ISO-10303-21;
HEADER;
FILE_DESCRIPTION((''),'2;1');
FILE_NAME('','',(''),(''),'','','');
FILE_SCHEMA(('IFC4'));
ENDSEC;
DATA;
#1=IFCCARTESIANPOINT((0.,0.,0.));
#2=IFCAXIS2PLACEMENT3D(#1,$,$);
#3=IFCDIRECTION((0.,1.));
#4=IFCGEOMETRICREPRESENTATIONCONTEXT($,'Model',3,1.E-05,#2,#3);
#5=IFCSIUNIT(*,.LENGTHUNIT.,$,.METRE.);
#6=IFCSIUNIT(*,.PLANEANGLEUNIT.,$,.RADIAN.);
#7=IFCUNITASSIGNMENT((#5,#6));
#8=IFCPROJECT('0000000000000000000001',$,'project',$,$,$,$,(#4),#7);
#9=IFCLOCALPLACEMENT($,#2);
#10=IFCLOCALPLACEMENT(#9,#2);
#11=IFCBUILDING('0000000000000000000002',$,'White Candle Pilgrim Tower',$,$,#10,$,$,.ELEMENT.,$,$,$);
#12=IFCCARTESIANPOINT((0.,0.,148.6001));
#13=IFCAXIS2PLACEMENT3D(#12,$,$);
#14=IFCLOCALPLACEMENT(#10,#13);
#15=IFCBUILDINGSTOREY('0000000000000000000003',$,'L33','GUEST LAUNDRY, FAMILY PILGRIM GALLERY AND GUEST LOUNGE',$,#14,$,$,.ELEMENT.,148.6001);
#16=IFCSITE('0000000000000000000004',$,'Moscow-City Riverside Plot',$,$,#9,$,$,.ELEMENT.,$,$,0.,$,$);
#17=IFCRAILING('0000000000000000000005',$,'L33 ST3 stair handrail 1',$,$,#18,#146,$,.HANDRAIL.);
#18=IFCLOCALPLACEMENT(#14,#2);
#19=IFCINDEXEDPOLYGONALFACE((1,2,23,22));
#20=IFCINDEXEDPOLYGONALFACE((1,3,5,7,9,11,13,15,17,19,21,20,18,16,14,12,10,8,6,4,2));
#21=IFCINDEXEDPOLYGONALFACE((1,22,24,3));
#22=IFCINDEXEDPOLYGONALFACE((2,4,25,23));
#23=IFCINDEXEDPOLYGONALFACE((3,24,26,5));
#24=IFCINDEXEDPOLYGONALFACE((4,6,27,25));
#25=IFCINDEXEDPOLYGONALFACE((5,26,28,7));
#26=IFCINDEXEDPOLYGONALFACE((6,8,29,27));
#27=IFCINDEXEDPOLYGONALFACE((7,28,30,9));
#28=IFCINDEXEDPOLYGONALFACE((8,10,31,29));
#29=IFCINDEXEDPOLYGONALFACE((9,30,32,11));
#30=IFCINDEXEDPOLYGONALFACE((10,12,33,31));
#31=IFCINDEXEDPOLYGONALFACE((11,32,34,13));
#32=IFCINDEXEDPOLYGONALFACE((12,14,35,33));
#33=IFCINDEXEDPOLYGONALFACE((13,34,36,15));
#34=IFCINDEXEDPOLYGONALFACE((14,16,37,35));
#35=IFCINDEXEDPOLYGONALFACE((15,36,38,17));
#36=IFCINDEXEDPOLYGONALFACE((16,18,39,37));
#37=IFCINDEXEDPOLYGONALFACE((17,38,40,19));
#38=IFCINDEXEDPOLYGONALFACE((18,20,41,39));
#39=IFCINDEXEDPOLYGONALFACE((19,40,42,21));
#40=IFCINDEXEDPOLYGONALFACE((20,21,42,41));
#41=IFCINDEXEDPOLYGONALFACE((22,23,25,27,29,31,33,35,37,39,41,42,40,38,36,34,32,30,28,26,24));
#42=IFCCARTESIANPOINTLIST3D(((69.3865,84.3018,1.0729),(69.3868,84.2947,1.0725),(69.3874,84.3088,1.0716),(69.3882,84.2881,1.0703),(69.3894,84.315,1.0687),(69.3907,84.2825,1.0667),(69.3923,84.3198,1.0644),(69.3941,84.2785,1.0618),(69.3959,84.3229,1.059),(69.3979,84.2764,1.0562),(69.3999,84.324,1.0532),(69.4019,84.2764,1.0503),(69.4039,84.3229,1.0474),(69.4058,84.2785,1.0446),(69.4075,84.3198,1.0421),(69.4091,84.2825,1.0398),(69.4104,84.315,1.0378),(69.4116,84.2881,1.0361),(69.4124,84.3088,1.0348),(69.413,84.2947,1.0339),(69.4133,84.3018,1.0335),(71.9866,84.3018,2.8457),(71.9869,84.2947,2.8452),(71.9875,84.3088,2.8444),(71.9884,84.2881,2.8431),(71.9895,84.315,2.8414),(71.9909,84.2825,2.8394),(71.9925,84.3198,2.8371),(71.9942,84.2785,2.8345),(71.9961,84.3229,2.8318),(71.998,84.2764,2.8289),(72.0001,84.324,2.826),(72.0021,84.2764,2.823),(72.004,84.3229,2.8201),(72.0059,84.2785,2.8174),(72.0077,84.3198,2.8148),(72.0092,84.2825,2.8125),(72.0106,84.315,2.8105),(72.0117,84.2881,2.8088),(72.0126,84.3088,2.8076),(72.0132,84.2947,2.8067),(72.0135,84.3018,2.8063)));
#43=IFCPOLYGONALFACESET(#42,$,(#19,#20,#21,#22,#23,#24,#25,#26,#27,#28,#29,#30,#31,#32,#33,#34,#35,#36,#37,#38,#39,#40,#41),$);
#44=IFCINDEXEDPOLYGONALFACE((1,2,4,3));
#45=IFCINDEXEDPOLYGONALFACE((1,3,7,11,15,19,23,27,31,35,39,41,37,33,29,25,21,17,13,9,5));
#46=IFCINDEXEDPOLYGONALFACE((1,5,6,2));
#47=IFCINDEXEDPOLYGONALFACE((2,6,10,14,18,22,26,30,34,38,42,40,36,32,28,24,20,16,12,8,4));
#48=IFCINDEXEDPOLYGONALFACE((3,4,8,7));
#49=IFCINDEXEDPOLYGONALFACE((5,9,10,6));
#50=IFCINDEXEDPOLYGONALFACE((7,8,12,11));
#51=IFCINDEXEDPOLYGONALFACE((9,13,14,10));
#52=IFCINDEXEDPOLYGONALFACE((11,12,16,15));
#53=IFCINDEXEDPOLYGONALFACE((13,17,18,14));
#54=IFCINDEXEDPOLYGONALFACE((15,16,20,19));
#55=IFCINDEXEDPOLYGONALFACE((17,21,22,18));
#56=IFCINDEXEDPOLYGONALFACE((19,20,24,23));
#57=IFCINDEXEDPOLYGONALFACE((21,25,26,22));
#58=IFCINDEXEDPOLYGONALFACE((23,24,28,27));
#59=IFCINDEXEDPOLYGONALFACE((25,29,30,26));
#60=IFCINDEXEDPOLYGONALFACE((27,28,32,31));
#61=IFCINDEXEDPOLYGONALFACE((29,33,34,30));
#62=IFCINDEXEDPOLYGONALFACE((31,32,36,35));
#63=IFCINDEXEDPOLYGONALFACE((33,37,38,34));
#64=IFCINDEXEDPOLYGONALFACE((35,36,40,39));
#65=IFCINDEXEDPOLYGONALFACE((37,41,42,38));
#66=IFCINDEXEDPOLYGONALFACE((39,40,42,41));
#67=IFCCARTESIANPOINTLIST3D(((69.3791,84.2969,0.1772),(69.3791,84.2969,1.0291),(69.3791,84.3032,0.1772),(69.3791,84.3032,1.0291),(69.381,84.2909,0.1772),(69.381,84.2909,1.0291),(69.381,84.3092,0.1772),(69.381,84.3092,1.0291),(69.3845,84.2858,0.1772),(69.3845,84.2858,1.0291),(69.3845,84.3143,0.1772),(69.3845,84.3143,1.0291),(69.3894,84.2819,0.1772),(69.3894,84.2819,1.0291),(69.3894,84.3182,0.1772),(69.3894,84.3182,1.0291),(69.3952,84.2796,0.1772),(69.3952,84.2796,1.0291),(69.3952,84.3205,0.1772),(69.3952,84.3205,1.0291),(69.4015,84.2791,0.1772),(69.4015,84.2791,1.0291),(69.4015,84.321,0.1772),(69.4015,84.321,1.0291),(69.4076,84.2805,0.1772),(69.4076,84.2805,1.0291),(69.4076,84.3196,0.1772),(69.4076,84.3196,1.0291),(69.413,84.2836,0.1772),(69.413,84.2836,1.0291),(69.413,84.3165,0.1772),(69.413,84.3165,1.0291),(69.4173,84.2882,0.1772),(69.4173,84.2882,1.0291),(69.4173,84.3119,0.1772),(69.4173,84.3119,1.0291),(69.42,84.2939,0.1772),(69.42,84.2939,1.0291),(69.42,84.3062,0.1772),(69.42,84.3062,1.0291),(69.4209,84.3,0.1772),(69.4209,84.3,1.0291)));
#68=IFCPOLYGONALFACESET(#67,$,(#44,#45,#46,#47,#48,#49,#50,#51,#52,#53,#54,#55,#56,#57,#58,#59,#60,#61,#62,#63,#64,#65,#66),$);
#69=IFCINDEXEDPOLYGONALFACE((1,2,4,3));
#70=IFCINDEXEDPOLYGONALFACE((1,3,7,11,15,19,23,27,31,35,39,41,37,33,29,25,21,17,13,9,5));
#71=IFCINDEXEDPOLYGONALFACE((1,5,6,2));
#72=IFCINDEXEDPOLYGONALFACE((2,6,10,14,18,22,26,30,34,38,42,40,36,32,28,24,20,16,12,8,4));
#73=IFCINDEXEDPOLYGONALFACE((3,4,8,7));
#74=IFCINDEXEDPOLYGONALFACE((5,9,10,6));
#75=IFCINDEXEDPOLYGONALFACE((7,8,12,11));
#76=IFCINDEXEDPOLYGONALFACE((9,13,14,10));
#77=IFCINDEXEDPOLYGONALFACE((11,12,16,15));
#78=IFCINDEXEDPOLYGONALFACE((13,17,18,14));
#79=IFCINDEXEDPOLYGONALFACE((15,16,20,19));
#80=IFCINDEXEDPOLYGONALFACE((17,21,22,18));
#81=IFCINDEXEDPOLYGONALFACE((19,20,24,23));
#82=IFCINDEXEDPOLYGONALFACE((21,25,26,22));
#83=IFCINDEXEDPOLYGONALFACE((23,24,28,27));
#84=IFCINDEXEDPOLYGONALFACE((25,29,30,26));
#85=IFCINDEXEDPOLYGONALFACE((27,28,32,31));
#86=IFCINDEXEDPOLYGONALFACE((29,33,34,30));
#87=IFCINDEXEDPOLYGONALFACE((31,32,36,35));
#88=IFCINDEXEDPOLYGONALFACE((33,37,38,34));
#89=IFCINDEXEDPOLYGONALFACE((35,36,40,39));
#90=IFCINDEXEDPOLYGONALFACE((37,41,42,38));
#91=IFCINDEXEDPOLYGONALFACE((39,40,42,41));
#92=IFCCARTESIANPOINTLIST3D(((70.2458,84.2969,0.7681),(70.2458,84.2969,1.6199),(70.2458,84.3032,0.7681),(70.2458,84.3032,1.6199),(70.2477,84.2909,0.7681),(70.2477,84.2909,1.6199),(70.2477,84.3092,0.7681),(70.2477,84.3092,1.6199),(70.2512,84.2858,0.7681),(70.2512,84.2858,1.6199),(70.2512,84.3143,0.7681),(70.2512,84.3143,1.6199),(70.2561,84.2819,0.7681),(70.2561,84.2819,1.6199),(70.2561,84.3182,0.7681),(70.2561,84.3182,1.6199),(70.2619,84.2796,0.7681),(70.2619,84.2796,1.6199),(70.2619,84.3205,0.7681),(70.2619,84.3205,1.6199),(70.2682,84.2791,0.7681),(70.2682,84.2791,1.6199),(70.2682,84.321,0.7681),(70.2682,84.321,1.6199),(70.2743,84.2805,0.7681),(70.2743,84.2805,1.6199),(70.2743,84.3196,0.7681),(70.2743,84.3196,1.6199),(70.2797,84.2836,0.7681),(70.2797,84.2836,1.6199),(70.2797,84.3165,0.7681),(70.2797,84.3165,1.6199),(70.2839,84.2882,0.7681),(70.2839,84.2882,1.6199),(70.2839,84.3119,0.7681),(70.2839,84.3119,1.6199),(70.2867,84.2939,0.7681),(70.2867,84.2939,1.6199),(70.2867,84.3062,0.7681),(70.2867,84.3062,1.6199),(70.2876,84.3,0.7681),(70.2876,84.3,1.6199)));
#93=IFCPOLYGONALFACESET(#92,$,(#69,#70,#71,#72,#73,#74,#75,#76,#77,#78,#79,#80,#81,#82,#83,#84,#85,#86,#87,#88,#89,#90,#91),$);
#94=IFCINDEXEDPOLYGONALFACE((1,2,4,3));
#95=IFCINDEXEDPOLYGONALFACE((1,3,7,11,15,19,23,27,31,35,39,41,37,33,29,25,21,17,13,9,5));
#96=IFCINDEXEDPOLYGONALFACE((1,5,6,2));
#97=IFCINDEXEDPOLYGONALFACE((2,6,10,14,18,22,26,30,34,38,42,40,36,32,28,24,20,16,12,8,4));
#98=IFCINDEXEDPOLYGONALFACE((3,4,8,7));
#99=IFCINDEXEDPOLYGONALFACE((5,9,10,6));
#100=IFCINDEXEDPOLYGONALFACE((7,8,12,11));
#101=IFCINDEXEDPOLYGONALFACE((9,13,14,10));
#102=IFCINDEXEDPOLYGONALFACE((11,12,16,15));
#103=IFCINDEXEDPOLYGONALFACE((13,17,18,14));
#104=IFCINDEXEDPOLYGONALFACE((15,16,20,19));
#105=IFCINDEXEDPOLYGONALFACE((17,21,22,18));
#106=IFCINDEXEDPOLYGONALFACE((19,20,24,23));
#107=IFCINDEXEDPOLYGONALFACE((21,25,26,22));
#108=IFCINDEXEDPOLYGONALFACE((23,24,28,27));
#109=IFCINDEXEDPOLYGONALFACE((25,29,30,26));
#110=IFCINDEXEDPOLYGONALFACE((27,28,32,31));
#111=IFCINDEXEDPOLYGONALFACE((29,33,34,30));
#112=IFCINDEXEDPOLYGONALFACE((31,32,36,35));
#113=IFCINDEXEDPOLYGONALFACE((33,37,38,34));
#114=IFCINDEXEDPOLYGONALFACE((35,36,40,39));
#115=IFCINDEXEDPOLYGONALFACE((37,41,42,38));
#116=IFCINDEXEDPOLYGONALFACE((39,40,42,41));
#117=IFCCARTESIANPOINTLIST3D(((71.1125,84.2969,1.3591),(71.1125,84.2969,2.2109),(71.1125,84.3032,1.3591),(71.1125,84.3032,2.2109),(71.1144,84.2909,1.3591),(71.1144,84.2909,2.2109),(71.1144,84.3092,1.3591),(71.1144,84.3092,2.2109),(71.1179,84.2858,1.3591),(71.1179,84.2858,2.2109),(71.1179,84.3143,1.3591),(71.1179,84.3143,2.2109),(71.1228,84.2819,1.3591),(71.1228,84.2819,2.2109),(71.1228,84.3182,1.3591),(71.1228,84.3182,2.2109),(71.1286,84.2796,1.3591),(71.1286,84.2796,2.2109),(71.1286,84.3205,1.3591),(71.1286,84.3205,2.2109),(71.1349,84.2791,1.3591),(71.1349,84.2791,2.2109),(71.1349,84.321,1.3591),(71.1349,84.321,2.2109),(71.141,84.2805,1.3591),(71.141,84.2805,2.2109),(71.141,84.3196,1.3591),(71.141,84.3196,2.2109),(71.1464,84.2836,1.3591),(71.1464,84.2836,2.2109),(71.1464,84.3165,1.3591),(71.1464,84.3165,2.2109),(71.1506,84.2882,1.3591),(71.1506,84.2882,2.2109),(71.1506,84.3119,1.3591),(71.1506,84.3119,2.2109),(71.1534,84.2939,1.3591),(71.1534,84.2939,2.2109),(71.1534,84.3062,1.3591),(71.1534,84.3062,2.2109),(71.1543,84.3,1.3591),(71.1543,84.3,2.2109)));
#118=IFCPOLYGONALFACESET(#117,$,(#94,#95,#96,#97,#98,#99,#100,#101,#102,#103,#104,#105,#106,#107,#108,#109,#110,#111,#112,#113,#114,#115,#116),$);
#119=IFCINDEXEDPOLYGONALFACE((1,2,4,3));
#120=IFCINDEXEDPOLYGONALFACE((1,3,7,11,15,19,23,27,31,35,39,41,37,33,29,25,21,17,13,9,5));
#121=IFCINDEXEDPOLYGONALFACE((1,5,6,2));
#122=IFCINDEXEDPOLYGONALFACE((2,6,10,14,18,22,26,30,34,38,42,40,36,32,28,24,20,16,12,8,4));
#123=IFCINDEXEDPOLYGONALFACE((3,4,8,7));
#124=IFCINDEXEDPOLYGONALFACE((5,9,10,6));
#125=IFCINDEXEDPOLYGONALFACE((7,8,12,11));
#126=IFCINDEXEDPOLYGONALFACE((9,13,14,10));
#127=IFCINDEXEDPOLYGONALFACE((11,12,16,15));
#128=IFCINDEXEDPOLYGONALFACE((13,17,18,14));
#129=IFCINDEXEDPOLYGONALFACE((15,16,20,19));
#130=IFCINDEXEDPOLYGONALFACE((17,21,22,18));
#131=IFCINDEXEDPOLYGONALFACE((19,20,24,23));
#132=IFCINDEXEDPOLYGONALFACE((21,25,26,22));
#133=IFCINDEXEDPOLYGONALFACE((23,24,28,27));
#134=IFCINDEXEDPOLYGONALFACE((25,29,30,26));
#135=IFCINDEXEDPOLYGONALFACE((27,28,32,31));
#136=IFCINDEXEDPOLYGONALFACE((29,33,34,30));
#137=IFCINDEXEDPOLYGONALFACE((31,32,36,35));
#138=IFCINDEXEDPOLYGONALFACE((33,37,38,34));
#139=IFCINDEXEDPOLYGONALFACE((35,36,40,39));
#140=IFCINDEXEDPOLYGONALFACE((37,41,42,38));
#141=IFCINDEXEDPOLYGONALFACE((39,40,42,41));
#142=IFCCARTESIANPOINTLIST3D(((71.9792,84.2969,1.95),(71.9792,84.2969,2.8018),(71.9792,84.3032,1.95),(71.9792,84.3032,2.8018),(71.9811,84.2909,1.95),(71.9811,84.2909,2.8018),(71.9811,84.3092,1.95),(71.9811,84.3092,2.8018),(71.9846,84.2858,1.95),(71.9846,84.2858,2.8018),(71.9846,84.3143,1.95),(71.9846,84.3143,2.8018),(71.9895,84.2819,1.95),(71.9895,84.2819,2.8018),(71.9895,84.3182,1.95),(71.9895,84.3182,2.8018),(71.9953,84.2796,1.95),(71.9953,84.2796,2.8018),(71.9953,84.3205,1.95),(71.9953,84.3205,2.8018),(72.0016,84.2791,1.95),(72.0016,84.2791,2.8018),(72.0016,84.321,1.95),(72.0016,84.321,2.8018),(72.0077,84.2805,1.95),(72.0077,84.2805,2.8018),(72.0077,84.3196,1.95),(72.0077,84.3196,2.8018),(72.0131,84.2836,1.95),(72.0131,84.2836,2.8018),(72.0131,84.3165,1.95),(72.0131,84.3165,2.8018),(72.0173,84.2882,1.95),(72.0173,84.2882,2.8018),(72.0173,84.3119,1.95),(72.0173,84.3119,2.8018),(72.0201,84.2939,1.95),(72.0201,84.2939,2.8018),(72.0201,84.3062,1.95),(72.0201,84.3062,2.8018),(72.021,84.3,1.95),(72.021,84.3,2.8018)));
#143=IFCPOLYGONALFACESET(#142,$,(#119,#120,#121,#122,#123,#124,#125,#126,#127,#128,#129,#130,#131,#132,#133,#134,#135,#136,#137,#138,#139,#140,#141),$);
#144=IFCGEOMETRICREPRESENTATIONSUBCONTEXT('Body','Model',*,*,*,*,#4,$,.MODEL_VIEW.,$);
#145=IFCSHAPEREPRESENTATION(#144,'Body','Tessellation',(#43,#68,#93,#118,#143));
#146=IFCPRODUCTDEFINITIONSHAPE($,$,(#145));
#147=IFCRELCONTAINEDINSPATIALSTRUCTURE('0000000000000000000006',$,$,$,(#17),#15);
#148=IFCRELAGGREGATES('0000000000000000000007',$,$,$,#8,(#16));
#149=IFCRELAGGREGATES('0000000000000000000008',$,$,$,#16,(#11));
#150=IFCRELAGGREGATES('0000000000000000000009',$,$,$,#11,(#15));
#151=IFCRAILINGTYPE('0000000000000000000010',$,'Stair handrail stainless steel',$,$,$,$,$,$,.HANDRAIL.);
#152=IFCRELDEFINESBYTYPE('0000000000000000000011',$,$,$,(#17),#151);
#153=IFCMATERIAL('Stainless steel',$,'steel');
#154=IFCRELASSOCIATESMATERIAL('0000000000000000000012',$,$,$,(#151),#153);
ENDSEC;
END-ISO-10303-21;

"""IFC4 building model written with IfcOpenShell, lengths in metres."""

from ifc_helpers import new_model, si_unit, direction, frame, origin, origin_2d, place, context, subcontext, project, spatial, circle, extrude, material, type_object, element, save


model = new_model("IFC4")

# Units and contexts
model_context = context("Model", 3, precision=1e-05, world=origin(), true_north=direction((0.0, 1.0)))
body_context = subcontext(model_context, "Body", "Model", "MODEL_VIEW")
ifc_project = project(units=[si_unit("LENGTHUNIT", "METRE"), si_unit("PLANEANGLEUNIT", "RADIAN")], contexts=[model_context])

# Site, building, storey
site_placement = place(None, origin())
site = spatial("IfcSite", under=ifc_project, at=site_placement, Name="Moscow-City Riverside Plot", CompositionType="ELEMENT", RefElevation=0.0)
building_placement = place(site_placement, origin())
building = spatial("IfcBuilding", under=site, at=building_placement, Name="White Candle Pilgrim Tower", CompositionType="ELEMENT")
storey_placement = place(building_placement, frame((0.0, 0.0, 148.6001)))
storey = spatial("IfcBuildingStorey", under=building, at=storey_placement, Name="L33", Description="GUEST LAUNDRY, FAMILY PILGRIM GALLERY AND GUEST LOUNGE", CompositionType="ELEMENT", Elevation=148.6001)

# Railing
ifc_material_1 = material(Name="Stainless steel", Category="steel")
railing_type_1 = type_object("IfcRailingType", Name="Stair handrail stainless steel", PredefinedType="HANDRAIL", material=ifc_material_1)
railing_1_placement = place(storey_placement, frame((69.3999, 84.3, 0.1772)))
element("IfcRailing", 1, at=railing_1_placement, inside=storey, type_object=railing_type_1, Name="L33 ST3 stair handrail 1", PredefinedType="HANDRAIL", context=body_context, shape_type="SweptSolid", body=[
    extrude(circle(Radius=0.0239, at=origin_2d()), frame((0.0, 0.0, 0.876), z_axis=(0.82624, 0.0, 0.563318), x_axis=(0.0, 1.0, 0.0)), (0.0, 0.0, 1.0), 3.147),
    extrude(circle(Radius=0.021, at=origin_2d()), origin(), (0.0, 0.0, 1.0), 0.8518),
    extrude(circle(Radius=0.021, at=origin_2d()), frame((0.8667, 0.0, 0.5908)), (0.0, 0.0, 1.0), 0.8518),
    extrude(circle(Radius=0.021, at=origin_2d()), frame((1.7334, 0.0, 1.1819)), (0.0, 0.0, 1.0), 0.8518),
    extrude(circle(Radius=0.021, at=origin_2d()), frame((2.6001, 0.0, 1.7727)), (0.0, 0.0, 1.0), 0.8518),
])

save(model, "model.ifc")
